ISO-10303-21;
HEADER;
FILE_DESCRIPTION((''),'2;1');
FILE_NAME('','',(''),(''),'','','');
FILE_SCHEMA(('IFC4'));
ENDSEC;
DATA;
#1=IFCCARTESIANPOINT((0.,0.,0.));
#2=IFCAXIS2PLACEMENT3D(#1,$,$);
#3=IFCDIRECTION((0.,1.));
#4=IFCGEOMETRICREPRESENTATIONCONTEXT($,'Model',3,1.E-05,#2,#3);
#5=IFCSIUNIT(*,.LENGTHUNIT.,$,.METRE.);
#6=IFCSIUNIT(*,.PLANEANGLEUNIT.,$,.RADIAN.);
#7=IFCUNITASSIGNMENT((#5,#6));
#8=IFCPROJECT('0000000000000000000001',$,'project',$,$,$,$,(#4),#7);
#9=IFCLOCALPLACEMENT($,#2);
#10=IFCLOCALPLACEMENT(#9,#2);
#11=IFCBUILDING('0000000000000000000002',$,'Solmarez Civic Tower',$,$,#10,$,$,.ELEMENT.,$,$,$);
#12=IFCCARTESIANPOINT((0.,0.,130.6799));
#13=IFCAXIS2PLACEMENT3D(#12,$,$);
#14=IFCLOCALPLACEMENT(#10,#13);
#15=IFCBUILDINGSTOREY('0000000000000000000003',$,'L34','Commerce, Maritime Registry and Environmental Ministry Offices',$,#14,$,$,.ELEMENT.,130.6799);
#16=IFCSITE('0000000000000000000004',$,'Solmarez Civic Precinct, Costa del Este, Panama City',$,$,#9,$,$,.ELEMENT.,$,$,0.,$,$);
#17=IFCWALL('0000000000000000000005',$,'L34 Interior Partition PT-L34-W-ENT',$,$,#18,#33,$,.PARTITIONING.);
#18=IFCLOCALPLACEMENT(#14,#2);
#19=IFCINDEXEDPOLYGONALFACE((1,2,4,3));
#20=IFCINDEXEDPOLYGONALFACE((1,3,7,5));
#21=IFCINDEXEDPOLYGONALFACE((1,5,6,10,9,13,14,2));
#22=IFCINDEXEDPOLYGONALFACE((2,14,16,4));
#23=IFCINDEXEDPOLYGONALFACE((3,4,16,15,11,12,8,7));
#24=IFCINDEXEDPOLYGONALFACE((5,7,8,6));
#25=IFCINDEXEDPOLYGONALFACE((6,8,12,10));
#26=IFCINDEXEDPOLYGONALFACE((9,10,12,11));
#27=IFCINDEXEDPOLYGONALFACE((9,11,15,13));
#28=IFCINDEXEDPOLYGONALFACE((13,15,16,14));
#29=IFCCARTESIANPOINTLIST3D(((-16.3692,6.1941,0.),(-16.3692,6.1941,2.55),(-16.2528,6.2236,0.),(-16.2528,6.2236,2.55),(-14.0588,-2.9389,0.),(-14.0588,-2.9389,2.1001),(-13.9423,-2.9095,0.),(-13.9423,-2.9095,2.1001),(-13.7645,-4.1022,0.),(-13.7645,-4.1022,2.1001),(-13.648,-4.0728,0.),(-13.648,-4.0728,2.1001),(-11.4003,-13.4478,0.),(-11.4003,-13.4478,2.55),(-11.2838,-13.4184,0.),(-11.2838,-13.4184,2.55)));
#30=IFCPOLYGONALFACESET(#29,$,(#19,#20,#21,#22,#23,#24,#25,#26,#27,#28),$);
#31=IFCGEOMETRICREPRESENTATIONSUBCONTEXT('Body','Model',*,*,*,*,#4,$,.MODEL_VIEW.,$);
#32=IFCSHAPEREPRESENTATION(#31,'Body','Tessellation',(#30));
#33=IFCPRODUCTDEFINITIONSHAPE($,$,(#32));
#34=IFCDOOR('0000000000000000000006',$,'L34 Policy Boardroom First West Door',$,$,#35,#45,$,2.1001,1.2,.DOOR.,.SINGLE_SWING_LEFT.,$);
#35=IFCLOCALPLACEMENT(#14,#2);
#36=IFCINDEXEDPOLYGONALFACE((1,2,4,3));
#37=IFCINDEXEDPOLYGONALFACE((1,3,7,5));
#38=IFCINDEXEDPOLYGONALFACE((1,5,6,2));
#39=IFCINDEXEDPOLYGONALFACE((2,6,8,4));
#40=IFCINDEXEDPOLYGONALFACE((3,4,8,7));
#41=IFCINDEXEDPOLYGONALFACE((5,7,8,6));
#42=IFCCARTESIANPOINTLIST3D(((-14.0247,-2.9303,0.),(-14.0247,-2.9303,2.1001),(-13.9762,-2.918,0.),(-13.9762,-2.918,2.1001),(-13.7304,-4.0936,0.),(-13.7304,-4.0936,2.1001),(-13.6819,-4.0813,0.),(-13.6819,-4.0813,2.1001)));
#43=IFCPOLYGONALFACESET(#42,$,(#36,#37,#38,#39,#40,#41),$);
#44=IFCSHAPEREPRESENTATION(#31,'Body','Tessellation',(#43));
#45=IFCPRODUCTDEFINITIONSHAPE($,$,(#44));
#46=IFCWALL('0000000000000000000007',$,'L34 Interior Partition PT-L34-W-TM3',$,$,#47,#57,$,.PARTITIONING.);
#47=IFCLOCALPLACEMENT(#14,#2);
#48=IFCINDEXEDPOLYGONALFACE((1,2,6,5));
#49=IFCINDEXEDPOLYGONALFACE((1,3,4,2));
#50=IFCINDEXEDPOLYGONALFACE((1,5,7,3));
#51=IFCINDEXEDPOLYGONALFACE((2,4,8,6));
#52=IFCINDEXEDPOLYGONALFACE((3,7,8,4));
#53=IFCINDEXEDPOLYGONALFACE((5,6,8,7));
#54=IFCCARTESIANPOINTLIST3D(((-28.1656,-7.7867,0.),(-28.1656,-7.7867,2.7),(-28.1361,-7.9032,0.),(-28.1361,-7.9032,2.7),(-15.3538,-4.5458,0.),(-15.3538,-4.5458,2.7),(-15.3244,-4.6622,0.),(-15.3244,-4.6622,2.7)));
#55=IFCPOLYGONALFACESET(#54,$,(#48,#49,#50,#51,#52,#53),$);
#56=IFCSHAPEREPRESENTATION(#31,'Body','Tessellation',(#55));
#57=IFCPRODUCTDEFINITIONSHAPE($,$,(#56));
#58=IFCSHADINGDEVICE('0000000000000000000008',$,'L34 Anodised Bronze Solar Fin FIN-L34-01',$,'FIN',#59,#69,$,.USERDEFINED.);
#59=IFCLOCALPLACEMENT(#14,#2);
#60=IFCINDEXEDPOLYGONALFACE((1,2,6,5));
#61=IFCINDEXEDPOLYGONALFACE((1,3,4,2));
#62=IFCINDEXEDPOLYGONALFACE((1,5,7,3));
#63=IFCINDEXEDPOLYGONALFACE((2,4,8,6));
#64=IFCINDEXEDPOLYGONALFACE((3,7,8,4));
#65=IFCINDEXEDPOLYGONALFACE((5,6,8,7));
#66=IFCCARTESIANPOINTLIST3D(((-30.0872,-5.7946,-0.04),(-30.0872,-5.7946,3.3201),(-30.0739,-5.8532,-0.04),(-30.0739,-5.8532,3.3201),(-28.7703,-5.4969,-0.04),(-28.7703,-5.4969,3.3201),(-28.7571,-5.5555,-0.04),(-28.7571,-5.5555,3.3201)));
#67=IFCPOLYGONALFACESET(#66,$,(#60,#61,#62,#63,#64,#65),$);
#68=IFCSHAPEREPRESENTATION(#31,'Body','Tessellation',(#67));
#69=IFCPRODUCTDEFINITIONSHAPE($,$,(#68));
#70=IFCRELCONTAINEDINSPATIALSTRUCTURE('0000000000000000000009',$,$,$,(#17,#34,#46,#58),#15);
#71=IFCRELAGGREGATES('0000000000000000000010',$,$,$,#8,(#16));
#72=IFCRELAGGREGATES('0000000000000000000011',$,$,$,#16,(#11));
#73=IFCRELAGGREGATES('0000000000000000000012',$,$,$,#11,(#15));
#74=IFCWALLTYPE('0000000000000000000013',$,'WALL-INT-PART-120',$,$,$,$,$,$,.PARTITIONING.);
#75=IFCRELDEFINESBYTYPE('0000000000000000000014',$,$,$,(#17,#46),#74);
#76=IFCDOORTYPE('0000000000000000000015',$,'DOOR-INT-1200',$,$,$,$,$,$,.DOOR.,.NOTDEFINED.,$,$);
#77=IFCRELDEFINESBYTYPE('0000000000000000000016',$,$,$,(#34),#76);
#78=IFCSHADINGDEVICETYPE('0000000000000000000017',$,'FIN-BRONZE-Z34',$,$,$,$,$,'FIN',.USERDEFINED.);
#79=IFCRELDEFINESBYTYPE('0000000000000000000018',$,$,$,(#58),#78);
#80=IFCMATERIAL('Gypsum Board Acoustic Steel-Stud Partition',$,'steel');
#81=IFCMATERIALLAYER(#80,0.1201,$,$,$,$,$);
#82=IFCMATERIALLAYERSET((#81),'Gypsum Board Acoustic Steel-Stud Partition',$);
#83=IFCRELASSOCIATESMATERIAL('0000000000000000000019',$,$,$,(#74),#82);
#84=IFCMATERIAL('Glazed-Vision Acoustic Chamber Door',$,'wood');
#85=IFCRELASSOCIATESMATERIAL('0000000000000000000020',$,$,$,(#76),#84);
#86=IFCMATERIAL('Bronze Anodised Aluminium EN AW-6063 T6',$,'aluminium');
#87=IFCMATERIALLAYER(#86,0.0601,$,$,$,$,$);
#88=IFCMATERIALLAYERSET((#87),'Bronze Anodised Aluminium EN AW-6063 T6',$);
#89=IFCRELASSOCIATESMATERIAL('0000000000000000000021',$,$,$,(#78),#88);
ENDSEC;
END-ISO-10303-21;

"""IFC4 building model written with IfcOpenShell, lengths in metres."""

from ifc_helpers import new_model, si_unit, direction, frame, frame_2d, origin, origin_2d, place, context, subcontext, project, spatial, rectangle, extrude, material, layer, layer_set, type_object, element, fill, save


model = new_model("IFC4")

# Units and contexts
model_context = context("Model", 3, precision=1e-05, world=origin(), true_north=direction((0.0, 1.0)))
body_context = subcontext(model_context, "Body", "Model", "MODEL_VIEW")
ifc_project = project(units=[si_unit("LENGTHUNIT", "METRE"), si_unit("PLANEANGLEUNIT", "RADIAN")], contexts=[model_context])

# Site, building, storey
site_placement = place(None, origin())
site = spatial("IfcSite", under=ifc_project, at=site_placement, Name="Solmarez Civic Precinct, Costa del Este, Panama City", CompositionType="ELEMENT", RefElevation=0.0)
building_placement = place(site_placement, origin())
building = spatial("IfcBuilding", under=site, at=building_placement, Name="Solmarez Civic Tower", CompositionType="ELEMENT")
storey_placement = place(building_placement, frame((0.0, 0.0, 130.6799)))
storey = spatial("IfcBuildingStorey", under=building, at=storey_placement, Name="L34", Description="Commerce, Maritime Registry and Environmental Ministry Offices", CompositionType="ELEMENT", Elevation=130.6799)

# Shared definitions
ifc_material_1 = material(Name="Gypsum Board Acoustic Steel-Stud Partition", Category="steel")

# Wall, opening, door
ifc_layer_1 = layer(ifc_material_1, 0.1201)
ifc_layer_set_1 = layer_set([ifc_layer_1], Name="Gypsum Board Acoustic Steel-Stud Partition")
wall_type_1 = type_object("IfcWallType", Name="WALL-INT-PART-120", PredefinedType="PARTITIONING", material=ifc_layer_set_1)
wall_1_placement = place(storey_placement, frame((-11.342, -13.4331, 0.0), z_axis=(0.0, 0.0, 1.0), x_axis=(-0.245251, 0.96946, 0.0)))
wall_1 = element("IfcWall", 1, at=wall_1_placement, inside=storey, type_object=wall_type_1, Name="L34 Interior Partition PT-L34-W-ENT", PredefinedType="PARTITIONING", context=body_context, shape_type="SweptSolid", body=[
    extrude(rectangle(XDim=20.2607, YDim=0.1201, at=frame_2d((10.1304, 0.0))), origin(), (0.0, 0.0, 1.0), 2.55),
])
opening_1_placement = place(wall_1_placement, frame((9.6399, 0.0, 0.0)))
opening_1 = element("IfcOpeningElement", 2, at=opening_1_placement, cuts=wall_1, PredefinedType="OPENING", context=body_context, shape_type="SweptSolid", body=[
    extrude(rectangle(XDim=1.2, YDim=2.1001, at=frame_2d((0.6001, 1.05))), frame((0.0, 0.0701, 0.0), z_axis=(0.0, -1.0, 0.0), x_axis=(1.0, 0.0, 0.0)), (0.0, 0.0, 1.0), 0.1401),
])
ifc_material_2 = material(Name="Glazed-Vision Acoustic Chamber Door", Category="wood")
door_type_1 = type_object("IfcDoorType", Name="DOOR-INT-1200", OperationType="NOTDEFINED", PredefinedType="DOOR", material=ifc_material_2)
door_1_placement = place(opening_1_placement, origin())
door_1 = element("IfcDoor", 3, at=door_1_placement, inside=storey, type_object=door_type_1, Name="L34 Policy Boardroom First West Door", OperationType="SINGLE_SWING_LEFT", OverallHeight=2.1001, OverallWidth=1.2, PredefinedType="DOOR", context=body_context, shape_type="SweptSolid", body=[
    extrude(rectangle(XDim=1.2, YDim=2.1001, at=frame_2d((0.6001, 1.05))), frame((0.0, 0.0249, 0.0), z_axis=(0.0, -1.0, 0.0), x_axis=(1.0, 0.0, 0.0)), (0.0, 0.0, 1.0), 0.05),
])
fill(opening_1, door_1)

# Wall
wall_2_placement = place(storey_placement, frame((-15.3391, -4.604, 0.0), z_axis=(0.0, 0.0, 1.0), x_axis=(-0.969462, -0.245243, 0.0)))
element("IfcWall", 4, at=wall_2_placement, inside=storey, type_object=wall_type_1, Name="L34 Interior Partition PT-L34-W-TM3", PredefinedType="PARTITIONING", context=body_context, shape_type="SweptSolid", body=[
    extrude(rectangle(XDim=13.2153, YDim=0.1201, at=frame_2d((6.6077, 0.0))), origin(), (0.0, 0.0, 1.0), 2.7),
])

# Shading device
ifc_material_3 = material(Name="Bronze Anodised Aluminium EN AW-6063 T6", Category="aluminium")
ifc_layer_2 = layer(ifc_material_3, 0.0601)
ifc_layer_set_2 = layer_set([ifc_layer_2], Name="Bronze Anodised Aluminium EN AW-6063 T6")
shading_device_type = type_object("IfcShadingDeviceType", Name="FIN-BRONZE-Z34", ElementType="FIN", PredefinedType="USERDEFINED", material=ifc_layer_set_2)
shading_device_placement = place(storey_placement, frame((-29.4221, -5.675, -0.04), z_axis=(0.0, 0.0, 1.0), x_axis=(-0.975389, -0.220493, 0.0)))
element("IfcShadingDevice", 5, at=shading_device_placement, inside=storey, type_object=shading_device_type, Name="L34 Anodised Bronze Solar Fin FIN-L34-01", ObjectType="FIN", PredefinedType="USERDEFINED", context=body_context, shape_type="SweptSolid", body=[
    extrude(rectangle(XDim=1.3501, YDim=0.0601, at=origin_2d()), origin(), (0.0, 0.0, 1.0), 3.3601),
])

save(model, "model.ifc")
